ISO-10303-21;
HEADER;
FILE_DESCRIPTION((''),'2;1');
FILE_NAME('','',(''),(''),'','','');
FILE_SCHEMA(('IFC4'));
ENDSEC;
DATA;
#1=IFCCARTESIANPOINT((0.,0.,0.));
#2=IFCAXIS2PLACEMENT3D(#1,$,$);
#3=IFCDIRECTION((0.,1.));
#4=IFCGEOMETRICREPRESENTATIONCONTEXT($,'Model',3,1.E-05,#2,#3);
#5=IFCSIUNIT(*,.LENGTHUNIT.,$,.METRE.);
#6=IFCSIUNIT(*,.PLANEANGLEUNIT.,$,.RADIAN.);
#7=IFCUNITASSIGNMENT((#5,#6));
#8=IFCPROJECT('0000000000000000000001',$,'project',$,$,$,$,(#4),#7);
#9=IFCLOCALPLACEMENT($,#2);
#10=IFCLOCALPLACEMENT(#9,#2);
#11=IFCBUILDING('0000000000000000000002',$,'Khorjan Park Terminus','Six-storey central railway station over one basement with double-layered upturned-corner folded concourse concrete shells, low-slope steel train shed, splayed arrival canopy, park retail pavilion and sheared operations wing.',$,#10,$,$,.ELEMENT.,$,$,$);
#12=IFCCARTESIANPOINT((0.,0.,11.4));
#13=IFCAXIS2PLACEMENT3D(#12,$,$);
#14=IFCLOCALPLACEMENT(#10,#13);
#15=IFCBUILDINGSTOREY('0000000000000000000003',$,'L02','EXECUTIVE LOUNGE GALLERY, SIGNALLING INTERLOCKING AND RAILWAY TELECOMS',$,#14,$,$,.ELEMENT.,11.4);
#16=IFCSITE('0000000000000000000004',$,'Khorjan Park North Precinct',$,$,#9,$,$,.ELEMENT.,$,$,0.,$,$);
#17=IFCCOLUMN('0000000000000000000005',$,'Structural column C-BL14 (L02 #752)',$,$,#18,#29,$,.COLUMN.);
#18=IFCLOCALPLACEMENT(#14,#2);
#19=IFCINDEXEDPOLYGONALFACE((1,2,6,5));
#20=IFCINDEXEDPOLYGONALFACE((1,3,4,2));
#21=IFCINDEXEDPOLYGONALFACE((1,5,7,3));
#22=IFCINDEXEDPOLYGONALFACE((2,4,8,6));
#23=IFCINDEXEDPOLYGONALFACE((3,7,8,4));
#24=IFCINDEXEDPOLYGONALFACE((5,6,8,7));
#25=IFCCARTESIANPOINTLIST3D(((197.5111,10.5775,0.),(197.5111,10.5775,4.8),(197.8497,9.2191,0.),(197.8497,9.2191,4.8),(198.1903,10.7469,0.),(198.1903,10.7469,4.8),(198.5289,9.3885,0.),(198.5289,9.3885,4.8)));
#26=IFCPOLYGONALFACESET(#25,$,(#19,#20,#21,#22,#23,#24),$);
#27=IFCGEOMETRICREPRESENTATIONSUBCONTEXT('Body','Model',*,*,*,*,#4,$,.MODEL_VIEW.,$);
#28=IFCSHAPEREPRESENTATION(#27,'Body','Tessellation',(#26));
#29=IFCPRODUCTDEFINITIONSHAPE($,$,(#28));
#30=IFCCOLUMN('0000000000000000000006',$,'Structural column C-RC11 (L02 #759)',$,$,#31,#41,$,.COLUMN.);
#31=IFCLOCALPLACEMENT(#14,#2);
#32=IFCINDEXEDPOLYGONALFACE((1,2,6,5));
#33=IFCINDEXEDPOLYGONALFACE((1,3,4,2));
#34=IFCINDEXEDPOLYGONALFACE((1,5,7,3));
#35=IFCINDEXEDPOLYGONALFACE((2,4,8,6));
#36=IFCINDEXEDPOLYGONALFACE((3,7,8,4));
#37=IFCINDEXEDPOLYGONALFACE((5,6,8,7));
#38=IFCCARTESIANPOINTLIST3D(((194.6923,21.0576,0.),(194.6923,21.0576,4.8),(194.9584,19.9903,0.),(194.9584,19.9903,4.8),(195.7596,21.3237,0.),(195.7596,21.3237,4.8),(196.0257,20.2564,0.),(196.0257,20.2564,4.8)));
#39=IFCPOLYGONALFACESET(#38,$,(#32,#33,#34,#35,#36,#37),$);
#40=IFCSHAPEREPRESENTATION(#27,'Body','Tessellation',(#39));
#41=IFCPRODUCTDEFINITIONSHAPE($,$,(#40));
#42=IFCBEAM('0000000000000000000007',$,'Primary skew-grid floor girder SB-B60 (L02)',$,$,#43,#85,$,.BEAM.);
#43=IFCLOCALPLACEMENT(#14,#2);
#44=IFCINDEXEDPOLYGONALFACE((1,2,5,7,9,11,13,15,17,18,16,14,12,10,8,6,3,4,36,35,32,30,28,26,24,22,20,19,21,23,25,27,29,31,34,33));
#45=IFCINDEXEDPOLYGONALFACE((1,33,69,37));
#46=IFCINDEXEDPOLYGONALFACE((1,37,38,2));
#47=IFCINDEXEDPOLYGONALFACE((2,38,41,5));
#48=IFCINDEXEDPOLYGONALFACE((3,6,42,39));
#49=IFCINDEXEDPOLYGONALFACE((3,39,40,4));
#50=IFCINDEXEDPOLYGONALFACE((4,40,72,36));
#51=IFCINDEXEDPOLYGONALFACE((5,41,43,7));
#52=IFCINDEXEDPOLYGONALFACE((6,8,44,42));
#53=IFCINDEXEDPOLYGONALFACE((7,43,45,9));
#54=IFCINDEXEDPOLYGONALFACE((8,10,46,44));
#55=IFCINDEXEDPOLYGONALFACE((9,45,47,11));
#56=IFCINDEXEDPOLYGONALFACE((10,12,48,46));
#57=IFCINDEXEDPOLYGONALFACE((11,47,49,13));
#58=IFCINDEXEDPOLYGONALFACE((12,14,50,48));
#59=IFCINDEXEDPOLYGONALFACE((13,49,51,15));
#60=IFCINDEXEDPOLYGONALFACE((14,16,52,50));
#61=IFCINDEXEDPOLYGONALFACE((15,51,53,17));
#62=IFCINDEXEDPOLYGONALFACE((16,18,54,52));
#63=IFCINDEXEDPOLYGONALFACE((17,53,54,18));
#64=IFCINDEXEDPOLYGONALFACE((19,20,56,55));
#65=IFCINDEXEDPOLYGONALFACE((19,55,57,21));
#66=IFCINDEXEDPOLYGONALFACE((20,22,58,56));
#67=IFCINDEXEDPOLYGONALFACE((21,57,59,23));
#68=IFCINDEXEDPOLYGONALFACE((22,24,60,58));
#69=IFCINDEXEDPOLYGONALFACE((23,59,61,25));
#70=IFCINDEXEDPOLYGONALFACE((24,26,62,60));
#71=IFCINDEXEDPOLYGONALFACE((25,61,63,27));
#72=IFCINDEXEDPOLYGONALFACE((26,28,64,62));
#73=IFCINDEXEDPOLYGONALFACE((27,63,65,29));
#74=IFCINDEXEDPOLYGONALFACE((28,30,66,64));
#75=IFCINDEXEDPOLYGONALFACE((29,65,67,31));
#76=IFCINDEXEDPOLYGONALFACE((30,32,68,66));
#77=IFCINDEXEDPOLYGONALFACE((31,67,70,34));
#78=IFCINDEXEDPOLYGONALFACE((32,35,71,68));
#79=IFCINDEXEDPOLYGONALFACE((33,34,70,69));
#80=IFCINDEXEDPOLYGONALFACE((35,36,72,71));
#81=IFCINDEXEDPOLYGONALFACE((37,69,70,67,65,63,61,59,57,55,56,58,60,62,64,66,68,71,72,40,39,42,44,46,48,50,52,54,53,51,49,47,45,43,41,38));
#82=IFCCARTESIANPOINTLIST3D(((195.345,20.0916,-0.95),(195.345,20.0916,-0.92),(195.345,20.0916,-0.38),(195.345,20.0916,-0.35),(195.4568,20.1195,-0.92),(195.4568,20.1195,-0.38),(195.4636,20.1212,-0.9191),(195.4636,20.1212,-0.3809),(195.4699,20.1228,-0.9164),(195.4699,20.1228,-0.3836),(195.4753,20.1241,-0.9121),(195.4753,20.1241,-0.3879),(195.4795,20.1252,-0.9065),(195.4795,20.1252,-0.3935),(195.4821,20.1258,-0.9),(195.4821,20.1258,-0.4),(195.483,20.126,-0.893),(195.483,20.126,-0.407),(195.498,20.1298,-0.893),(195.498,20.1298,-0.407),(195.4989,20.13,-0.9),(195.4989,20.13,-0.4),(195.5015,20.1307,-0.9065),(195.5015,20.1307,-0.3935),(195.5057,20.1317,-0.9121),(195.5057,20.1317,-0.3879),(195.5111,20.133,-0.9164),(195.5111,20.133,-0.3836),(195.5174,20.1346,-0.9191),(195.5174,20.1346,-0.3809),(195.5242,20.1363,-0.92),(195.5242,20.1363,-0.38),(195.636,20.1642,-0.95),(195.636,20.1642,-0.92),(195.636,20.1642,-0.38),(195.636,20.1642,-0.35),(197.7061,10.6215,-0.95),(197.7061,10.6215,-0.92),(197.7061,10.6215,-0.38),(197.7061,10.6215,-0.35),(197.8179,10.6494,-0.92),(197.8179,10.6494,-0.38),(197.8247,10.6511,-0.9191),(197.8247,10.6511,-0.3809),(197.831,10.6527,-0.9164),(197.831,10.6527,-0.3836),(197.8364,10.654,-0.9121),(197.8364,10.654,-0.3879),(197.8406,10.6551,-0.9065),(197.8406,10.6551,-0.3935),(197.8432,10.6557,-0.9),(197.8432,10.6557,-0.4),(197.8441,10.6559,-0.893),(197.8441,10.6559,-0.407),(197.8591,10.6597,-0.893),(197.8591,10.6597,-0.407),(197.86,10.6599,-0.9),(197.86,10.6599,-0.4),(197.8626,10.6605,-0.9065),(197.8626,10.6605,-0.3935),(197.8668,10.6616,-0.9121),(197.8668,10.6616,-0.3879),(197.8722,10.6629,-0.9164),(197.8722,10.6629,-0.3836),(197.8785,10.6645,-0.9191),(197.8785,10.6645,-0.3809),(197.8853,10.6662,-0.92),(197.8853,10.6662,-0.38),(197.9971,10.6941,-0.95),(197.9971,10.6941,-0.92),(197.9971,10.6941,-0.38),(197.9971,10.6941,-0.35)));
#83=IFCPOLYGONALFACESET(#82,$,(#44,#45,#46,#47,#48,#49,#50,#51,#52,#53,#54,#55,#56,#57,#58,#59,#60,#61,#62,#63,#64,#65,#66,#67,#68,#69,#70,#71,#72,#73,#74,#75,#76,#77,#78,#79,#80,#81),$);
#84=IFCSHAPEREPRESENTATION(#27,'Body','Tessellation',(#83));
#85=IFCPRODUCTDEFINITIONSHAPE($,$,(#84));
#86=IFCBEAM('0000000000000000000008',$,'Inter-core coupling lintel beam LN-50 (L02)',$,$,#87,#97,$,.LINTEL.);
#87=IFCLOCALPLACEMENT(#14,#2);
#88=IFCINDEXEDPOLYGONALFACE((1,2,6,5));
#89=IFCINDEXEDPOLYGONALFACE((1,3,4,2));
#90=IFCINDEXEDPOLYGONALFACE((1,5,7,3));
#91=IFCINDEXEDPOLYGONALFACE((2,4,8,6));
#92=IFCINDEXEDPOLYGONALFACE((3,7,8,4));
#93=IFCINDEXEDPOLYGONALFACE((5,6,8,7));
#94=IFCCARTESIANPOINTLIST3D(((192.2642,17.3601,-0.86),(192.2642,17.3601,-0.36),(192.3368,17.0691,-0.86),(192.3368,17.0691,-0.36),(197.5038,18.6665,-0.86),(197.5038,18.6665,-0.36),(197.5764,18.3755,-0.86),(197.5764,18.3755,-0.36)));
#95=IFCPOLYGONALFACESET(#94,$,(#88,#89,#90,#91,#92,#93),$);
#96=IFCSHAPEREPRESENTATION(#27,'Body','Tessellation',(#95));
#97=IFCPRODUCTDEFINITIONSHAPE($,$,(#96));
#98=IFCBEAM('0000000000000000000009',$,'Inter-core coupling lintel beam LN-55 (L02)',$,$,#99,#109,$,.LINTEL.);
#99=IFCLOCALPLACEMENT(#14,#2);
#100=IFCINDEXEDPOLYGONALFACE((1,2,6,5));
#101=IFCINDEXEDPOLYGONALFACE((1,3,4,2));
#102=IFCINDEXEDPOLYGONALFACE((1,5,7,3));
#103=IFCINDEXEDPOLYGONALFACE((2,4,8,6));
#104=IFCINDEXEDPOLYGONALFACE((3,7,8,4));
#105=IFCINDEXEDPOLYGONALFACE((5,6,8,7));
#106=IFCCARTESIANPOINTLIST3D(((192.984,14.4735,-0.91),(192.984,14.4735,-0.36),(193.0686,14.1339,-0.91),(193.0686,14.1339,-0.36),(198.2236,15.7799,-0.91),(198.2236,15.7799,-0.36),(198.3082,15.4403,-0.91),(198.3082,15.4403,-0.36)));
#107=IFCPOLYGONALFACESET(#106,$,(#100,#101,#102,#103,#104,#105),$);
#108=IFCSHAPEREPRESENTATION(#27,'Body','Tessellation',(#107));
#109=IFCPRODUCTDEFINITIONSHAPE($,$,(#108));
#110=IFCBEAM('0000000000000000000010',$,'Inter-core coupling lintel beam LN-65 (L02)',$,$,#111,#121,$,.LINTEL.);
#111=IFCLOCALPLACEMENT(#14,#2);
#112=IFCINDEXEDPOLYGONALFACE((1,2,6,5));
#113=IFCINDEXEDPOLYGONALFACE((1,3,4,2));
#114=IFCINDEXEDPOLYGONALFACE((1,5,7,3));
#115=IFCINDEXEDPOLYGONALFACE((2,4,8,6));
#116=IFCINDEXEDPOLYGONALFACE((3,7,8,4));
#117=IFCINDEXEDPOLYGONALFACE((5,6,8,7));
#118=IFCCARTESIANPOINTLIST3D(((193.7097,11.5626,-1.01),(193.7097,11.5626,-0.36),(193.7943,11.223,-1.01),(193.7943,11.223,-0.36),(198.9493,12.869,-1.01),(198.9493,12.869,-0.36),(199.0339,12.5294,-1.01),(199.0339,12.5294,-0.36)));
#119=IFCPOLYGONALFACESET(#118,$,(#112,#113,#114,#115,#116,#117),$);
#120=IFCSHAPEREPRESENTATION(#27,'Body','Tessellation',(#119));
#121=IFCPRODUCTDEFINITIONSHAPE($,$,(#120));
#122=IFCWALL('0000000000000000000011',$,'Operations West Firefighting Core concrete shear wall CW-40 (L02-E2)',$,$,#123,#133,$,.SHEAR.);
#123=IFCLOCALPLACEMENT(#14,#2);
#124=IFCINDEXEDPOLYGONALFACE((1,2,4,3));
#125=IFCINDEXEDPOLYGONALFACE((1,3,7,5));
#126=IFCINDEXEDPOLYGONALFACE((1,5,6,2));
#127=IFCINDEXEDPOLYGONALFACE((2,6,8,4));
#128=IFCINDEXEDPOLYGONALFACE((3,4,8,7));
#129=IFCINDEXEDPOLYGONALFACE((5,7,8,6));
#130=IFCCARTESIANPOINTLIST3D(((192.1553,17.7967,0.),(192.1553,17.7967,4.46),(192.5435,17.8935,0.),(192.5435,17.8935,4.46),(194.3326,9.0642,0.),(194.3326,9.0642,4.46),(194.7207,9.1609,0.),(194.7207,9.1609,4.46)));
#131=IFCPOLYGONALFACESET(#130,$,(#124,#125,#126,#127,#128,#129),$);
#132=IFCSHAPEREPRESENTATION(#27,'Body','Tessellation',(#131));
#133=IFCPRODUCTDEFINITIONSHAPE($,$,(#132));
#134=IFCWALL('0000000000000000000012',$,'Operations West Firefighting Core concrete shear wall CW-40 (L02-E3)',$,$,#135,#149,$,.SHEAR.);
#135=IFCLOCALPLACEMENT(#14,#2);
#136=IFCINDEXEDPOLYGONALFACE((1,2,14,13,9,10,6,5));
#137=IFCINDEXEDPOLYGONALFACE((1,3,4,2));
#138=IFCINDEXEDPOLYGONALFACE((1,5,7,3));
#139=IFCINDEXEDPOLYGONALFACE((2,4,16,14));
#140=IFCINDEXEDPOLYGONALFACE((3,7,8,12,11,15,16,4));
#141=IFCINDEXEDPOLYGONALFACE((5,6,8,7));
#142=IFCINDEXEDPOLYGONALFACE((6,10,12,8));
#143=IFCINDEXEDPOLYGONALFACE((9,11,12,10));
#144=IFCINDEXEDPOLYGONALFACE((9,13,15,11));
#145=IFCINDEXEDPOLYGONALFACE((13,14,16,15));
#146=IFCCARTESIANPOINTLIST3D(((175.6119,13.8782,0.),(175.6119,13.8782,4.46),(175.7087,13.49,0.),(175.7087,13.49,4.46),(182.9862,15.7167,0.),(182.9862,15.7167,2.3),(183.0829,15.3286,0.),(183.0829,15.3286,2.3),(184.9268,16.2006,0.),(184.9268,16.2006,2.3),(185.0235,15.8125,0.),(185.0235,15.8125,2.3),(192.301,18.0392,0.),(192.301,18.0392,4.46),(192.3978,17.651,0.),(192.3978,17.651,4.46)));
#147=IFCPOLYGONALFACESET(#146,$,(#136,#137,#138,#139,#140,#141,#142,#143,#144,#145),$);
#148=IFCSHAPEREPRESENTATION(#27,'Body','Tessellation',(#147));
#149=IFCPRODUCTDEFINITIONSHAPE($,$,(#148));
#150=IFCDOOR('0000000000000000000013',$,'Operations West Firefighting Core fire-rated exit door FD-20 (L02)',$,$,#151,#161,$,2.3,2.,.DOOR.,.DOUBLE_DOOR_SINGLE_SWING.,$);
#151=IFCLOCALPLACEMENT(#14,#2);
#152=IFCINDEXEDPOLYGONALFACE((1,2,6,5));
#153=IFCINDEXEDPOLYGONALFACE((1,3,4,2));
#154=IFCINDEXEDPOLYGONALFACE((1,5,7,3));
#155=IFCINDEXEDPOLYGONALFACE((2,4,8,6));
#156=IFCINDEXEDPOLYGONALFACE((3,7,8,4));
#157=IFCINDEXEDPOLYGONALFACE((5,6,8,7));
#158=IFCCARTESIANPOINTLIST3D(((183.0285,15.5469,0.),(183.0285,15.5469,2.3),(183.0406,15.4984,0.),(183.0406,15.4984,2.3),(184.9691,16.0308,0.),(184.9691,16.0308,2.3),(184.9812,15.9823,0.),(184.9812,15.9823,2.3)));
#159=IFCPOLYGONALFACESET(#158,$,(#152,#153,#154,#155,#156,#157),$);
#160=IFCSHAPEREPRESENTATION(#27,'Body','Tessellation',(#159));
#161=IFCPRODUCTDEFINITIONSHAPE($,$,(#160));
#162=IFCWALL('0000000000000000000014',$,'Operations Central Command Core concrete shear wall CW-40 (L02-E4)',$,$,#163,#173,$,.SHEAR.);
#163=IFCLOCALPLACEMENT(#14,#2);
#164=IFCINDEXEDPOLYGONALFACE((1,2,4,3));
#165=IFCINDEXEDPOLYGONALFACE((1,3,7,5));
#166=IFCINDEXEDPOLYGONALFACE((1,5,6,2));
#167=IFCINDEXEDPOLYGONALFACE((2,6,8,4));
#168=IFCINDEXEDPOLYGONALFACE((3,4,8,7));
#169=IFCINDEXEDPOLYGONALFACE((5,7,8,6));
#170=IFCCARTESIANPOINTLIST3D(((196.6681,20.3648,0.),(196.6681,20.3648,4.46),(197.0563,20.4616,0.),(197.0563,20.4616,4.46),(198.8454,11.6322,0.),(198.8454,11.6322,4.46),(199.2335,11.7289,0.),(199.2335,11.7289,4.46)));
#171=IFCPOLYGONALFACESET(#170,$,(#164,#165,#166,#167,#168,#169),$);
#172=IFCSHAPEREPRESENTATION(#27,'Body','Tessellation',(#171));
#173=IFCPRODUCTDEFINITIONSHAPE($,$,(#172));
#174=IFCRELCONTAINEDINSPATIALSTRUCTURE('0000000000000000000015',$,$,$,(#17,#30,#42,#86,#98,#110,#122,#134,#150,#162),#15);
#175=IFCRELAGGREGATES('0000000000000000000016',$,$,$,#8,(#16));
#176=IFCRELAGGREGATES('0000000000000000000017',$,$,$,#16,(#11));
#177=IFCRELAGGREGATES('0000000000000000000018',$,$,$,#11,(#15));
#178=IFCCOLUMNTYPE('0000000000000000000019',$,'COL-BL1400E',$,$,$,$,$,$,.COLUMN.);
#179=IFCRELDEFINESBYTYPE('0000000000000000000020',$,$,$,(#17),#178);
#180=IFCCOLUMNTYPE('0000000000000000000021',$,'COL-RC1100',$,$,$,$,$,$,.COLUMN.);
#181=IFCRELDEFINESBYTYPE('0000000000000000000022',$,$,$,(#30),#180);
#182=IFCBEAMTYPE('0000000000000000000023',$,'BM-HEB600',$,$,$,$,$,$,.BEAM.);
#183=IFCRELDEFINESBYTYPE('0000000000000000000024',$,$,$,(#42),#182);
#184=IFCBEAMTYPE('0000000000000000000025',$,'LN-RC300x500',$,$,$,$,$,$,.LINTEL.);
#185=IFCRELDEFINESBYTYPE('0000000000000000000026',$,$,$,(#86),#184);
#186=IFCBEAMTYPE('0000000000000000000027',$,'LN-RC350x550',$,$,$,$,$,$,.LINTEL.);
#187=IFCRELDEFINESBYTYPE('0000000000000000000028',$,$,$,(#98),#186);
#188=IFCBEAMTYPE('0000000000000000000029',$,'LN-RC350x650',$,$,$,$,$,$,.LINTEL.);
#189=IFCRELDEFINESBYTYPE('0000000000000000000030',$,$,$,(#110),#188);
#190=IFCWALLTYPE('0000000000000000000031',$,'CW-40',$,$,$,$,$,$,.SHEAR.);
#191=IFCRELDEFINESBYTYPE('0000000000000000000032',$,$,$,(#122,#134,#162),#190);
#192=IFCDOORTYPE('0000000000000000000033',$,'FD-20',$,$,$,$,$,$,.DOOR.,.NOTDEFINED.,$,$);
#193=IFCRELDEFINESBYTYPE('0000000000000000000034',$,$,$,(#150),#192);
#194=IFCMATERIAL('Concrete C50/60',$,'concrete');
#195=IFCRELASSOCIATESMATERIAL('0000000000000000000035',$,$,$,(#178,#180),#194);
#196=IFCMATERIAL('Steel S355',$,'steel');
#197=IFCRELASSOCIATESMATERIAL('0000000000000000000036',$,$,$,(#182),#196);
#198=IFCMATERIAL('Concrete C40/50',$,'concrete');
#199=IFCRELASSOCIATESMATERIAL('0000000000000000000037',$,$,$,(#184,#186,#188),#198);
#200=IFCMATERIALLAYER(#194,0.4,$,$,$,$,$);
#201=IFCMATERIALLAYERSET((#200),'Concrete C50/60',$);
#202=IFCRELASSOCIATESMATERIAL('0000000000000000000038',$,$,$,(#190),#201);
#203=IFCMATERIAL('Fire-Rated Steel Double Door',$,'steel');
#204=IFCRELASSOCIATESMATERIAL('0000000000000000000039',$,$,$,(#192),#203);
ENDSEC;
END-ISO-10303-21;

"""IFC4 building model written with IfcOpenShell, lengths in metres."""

from ifc_helpers import new_model, si_unit, direction, frame, frame_2d, origin, origin_2d, place, context, subcontext, project, spatial, rectangle, i_section, extrude, material, layer, layer_set, material_profile, profile_set, type_object, element, fill, save


model = new_model("IFC4")

# Units and contexts
model_context = context("Model", 3, precision=1e-05, world=origin(), true_north=direction((0.0, 1.0)))
body_context = subcontext(model_context, "Body", "Model", "MODEL_VIEW")
ifc_project = project(units=[si_unit("LENGTHUNIT", "METRE"), si_unit("PLANEANGLEUNIT", "RADIAN")], contexts=[model_context])

# Site, building, storey
site_placement = place(None, origin())
site = spatial("IfcSite", under=ifc_project, at=site_placement, Name="Khorjan Park North Precinct", CompositionType="ELEMENT", RefElevation=0.0)
building_placement = place(site_placement, origin())
building = spatial("IfcBuilding", under=site, at=building_placement, Name="Khorjan Park Terminus", Description="Six-storey central railway station over one basement with double-layered upturned-corner folded concourse concrete shells, low-slope steel train shed, splayed arrival canopy, park retail pavilion and sheared operations wing.", CompositionType="ELEMENT")
storey_placement = place(building_placement, frame((0.0, 0.0, 11.4)))
storey = spatial("IfcBuildingStorey", under=building, at=storey_placement, Name="L02", Description="EXECUTIVE LOUNGE GALLERY, SIGNALLING INTERLOCKING AND RAILWAY TELECOMS", CompositionType="ELEMENT", Elevation=11.4)

# Columns
ifc_material_1 = material(Name="Concrete C50/60", Category="concrete")
ifc_material_profile_1 = material_profile(ifc_material_1, rectangle(XDim=0.7, YDim=1.4, at=origin_2d()), Name="RC 700x1400")
ifc_profile_set_1 = profile_set([ifc_material_profile_1], Name="Concrete C50/60")
column_type_1 = type_object("IfcColumnType", Name="COL-BL1400E", PredefinedType="COLUMN", material=ifc_profile_set_1)
column_1_placement = place(storey_placement, frame((198.02, 9.983, 0.0), z_axis=(0.0, 0.0, 1.0), x_axis=(0.970296, 0.241922, 0.0)))
element("IfcColumn", 1, at=column_1_placement, inside=storey, type_object=column_type_1, Name="Structural column C-BL14 (L02 #752)", PredefinedType="COLUMN", context=body_context, shape_type="SweptSolid", body=[
    extrude(rectangle(XDim=0.7, YDim=1.4, at=origin_2d()), origin(), (0.0, 0.0, 1.0), 4.8),
])
ifc_material_profile_2 = material_profile(ifc_material_1, rectangle(XDim=1.1, YDim=1.1, at=origin_2d()), Name="RC 1100x1100")
ifc_profile_set_2 = profile_set([ifc_material_profile_2], Name="Concrete C50/60")
column_type_2 = type_object("IfcColumnType", Name="COL-RC1100", PredefinedType="COLUMN", material=ifc_profile_set_2)
column_2_placement = place(storey_placement, frame((195.359, 20.657, 0.0), z_axis=(0.0, 0.0, 1.0), x_axis=(0.970296, 0.241922, 0.0)))
element("IfcColumn", 2, at=column_2_placement, inside=storey, type_object=column_type_2, Name="Structural column C-RC11 (L02 #759)", PredefinedType="COLUMN", context=body_context, shape_type="SweptSolid", body=[
    extrude(rectangle(XDim=1.1, YDim=1.1, at=origin_2d()), origin(), (0.0, 0.0, 1.0), 4.8),
])

# Beams
ifc_material_2 = material(Name="Steel S355", Category="steel")
ifc_material_profile_3 = material_profile(ifc_material_2, i_section(OverallWidth=0.3, OverallDepth=0.6, WebThickness=0.0155, FlangeThickness=0.03, FilletRadius=0.027, at=origin_2d()), Name="HEB 600")
ifc_profile_set_3 = profile_set([ifc_material_profile_3], Name="Steel S355")
beam_type_1 = type_object("IfcBeamType", Name="BM-HEB600", PredefinedType="BEAM", material=ifc_profile_set_3)
beam_1_placement = place(storey_placement, frame((197.8516, 10.6578, -0.65), z_axis=(-0.241916, 0.970297, 0.0), x_axis=(-0.970297, -0.241916, 0.0)))
element("IfcBeam", 3, at=beam_1_placement, inside=storey, type_object=beam_type_1, Name="Primary skew-grid floor girder SB-B60 (L02)", PredefinedType="BEAM", context=body_context, shape_type="SweptSolid", body=[
    extrude(i_section(OverallWidth=0.3, OverallDepth=0.6, WebThickness=0.0155, FlangeThickness=0.03, FilletRadius=0.027, at=origin_2d()), origin(), (0.0, 0.0, 1.0), 9.76),
])
ifc_material_3 = material(Name="Concrete C40/50", Category="concrete")
ifc_material_profile_4 = material_profile(ifc_material_3, rectangle(XDim=0.3, YDim=0.5, at=origin_2d()), Name="RC 300x500")
ifc_profile_set_4 = profile_set([ifc_material_profile_4], Name="Concrete C40/50")
beam_type_2 = type_object("IfcBeamType", Name="LN-RC300x500", PredefinedType="LINTEL", material=ifc_profile_set_4)
beam_2_placement = place(storey_placement, frame((192.3005, 17.2146, -0.61), z_axis=(0.970295, 0.241926, 0.0), x_axis=(-0.241926, 0.970295, 0.0)))
element("IfcBeam", 4, at=beam_2_placement, inside=storey, type_object=beam_type_2, Name="Inter-core coupling lintel beam LN-50 (L02)", PredefinedType="LINTEL", context=body_context, shape_type="SweptSolid", body=[
    extrude(rectangle(XDim=0.3, YDim=0.5, at=origin_2d()), origin(), (0.0, 0.0, 1.0), 5.4),
])
ifc_material_profile_5 = material_profile(ifc_material_3, rectangle(XDim=0.35, YDim=0.55, at=origin_2d()), Name="RC 350x550")
ifc_profile_set_5 = profile_set([ifc_material_profile_5], Name="Concrete C40/50")
beam_type_3 = type_object("IfcBeamType", Name="LN-RC350x550", PredefinedType="LINTEL", material=ifc_profile_set_5)
beam_3_placement = place(storey_placement, frame((193.0263, 14.3037, -0.635), z_axis=(0.970295, 0.241926, 0.0), x_axis=(-0.241926, 0.970295, 0.0)))
element("IfcBeam", 5, at=beam_3_placement, inside=storey, type_object=beam_type_3, Name="Inter-core coupling lintel beam LN-55 (L02)", PredefinedType="LINTEL", context=body_context, shape_type="SweptSolid", body=[
    extrude(rectangle(XDim=0.35, YDim=0.55, at=origin_2d()), origin(), (0.0, 0.0, 1.0), 5.4),
])
ifc_material_profile_6 = material_profile(ifc_material_3, rectangle(XDim=0.35, YDim=0.65, at=origin_2d()), Name="RC 350x650")
ifc_profile_set_6 = profile_set([ifc_material_profile_6], Name="Concrete C40/50")
beam_type_4 = type_object("IfcBeamType", Name="LN-RC350x650", PredefinedType="LINTEL", material=ifc_profile_set_6)
beam_4_placement = place(storey_placement, frame((193.752, 11.3928, -0.685), z_axis=(0.970295, 0.241926, 0.0), x_axis=(-0.241926, 0.970295, 0.0)))
element("IfcBeam", 6, at=beam_4_placement, inside=storey, type_object=beam_type_4, Name="Inter-core coupling lintel beam LN-65 (L02)", PredefinedType="LINTEL", context=body_context, shape_type="SweptSolid", body=[
    extrude(rectangle(XDim=0.35, YDim=0.65, at=origin_2d()), origin(), (0.0, 0.0, 1.0), 5.4),
])

# Wall
ifc_layer_1 = layer(ifc_material_1, 0.4)
ifc_layer_set_1 = layer_set([ifc_layer_1], Name="Concrete C50/60")
wall_type_1 = type_object("IfcWallType", Name="CW-40", PredefinedType="SHEAR", material=ifc_layer_set_1)
wall_1_placement = place(storey_placement, frame((194.5267, 9.1125, 0.0), z_axis=(0.0, 0.0, 1.0), x_axis=(-0.241924, 0.970295, 0.0)))
element("IfcWall", 7, at=wall_1_placement, inside=storey, type_object=wall_type_1, Name="Operations West Firefighting Core concrete shear wall CW-40 (L02-E2)", PredefinedType="SHEAR", context=body_context, shape_type="SweptSolid", body=[
    extrude(rectangle(XDim=8.9999, YDim=0.4, at=frame_2d((4.5, 0.0))), origin(), (0.0, 0.0, 1.0), 4.46),
])

# Wall, opening, door
wall_2_placement = place(storey_placement, frame((192.3494, 17.8451, 0.0), z_axis=(0.0, 0.0, 1.0), x_axis=(-0.970297, -0.241919, 0.0)))
wall_2 = element("IfcWall", 8, at=wall_2_placement, inside=storey, type_object=wall_type_1, Name="Operations West Firefighting Core concrete shear wall CW-40 (L02-E3)", PredefinedType="SHEAR", context=body_context, shape_type="SweptSolid", body=[
    extrude(rectangle(XDim=17.2, YDim=0.4, at=frame_2d((8.6, 0.0))), origin(), (0.0, 0.0, 1.0), 4.46),
])
opening_1_placement = place(wall_2_placement, frame((7.6, 0.0, 0.0)))
opening_1 = element("IfcOpeningElement", 9, at=opening_1_placement, cuts=wall_2, PredefinedType="OPENING", context=body_context, shape_type="SweptSolid", body=[
    extrude(rectangle(XDim=2.0, YDim=2.3, at=frame_2d((1.0, 1.15))), frame((0.0, 0.21, 0.0), z_axis=(0.0, -1.0, 0.0), x_axis=(1.0, 0.0, 0.0)), (0.0, 0.0, 1.0), 0.42),
])
ifc_material_4 = material(Name="Fire-Rated Steel Double Door", Category="steel")
door_type_1 = type_object("IfcDoorType", Name="FD-20", OperationType="NOTDEFINED", PredefinedType="DOOR", material=ifc_material_4)
door_1_placement = place(opening_1_placement, origin())
door_1 = element("IfcDoor", 10, at=door_1_placement, inside=storey, type_object=door_type_1, Name="Operations West Firefighting Core fire-rated exit door FD-20 (L02)", OperationType="DOUBLE_DOOR_SINGLE_SWING", OverallHeight=2.3, OverallWidth=2.0, PredefinedType="DOOR", context=body_context, shape_type="SweptSolid", body=[
    extrude(rectangle(XDim=2.0, YDim=2.3, at=frame_2d((1.0, 1.15))), frame((0.0, 0.025, 0.0), z_axis=(0.0, -1.0, 0.0), x_axis=(1.0, 0.0, 0.0)), (0.0, 0.0, 1.0), 0.05),
])
fill(opening_1, door_1)

# Wall
wall_3_placement = place(storey_placement, frame((196.8622, 20.4132, 0.0), z_axis=(0.0, 0.0, 1.0), x_axis=(0.241921, -0.970296, 0.0)))
element("IfcWall", 11, at=wall_3_placement, inside=storey, type_object=wall_type_1, Name="Operations Central Command Core concrete shear wall CW-40 (L02-E4)", PredefinedType="SHEAR", context=body_context, shape_type="SweptSolid", body=[
    extrude(rectangle(XDim=9.0, YDim=0.4, at=frame_2d((4.5, 0.0))), origin(), (0.0, 0.0, 1.0), 4.46),
])

save(model, "model.ifc")
